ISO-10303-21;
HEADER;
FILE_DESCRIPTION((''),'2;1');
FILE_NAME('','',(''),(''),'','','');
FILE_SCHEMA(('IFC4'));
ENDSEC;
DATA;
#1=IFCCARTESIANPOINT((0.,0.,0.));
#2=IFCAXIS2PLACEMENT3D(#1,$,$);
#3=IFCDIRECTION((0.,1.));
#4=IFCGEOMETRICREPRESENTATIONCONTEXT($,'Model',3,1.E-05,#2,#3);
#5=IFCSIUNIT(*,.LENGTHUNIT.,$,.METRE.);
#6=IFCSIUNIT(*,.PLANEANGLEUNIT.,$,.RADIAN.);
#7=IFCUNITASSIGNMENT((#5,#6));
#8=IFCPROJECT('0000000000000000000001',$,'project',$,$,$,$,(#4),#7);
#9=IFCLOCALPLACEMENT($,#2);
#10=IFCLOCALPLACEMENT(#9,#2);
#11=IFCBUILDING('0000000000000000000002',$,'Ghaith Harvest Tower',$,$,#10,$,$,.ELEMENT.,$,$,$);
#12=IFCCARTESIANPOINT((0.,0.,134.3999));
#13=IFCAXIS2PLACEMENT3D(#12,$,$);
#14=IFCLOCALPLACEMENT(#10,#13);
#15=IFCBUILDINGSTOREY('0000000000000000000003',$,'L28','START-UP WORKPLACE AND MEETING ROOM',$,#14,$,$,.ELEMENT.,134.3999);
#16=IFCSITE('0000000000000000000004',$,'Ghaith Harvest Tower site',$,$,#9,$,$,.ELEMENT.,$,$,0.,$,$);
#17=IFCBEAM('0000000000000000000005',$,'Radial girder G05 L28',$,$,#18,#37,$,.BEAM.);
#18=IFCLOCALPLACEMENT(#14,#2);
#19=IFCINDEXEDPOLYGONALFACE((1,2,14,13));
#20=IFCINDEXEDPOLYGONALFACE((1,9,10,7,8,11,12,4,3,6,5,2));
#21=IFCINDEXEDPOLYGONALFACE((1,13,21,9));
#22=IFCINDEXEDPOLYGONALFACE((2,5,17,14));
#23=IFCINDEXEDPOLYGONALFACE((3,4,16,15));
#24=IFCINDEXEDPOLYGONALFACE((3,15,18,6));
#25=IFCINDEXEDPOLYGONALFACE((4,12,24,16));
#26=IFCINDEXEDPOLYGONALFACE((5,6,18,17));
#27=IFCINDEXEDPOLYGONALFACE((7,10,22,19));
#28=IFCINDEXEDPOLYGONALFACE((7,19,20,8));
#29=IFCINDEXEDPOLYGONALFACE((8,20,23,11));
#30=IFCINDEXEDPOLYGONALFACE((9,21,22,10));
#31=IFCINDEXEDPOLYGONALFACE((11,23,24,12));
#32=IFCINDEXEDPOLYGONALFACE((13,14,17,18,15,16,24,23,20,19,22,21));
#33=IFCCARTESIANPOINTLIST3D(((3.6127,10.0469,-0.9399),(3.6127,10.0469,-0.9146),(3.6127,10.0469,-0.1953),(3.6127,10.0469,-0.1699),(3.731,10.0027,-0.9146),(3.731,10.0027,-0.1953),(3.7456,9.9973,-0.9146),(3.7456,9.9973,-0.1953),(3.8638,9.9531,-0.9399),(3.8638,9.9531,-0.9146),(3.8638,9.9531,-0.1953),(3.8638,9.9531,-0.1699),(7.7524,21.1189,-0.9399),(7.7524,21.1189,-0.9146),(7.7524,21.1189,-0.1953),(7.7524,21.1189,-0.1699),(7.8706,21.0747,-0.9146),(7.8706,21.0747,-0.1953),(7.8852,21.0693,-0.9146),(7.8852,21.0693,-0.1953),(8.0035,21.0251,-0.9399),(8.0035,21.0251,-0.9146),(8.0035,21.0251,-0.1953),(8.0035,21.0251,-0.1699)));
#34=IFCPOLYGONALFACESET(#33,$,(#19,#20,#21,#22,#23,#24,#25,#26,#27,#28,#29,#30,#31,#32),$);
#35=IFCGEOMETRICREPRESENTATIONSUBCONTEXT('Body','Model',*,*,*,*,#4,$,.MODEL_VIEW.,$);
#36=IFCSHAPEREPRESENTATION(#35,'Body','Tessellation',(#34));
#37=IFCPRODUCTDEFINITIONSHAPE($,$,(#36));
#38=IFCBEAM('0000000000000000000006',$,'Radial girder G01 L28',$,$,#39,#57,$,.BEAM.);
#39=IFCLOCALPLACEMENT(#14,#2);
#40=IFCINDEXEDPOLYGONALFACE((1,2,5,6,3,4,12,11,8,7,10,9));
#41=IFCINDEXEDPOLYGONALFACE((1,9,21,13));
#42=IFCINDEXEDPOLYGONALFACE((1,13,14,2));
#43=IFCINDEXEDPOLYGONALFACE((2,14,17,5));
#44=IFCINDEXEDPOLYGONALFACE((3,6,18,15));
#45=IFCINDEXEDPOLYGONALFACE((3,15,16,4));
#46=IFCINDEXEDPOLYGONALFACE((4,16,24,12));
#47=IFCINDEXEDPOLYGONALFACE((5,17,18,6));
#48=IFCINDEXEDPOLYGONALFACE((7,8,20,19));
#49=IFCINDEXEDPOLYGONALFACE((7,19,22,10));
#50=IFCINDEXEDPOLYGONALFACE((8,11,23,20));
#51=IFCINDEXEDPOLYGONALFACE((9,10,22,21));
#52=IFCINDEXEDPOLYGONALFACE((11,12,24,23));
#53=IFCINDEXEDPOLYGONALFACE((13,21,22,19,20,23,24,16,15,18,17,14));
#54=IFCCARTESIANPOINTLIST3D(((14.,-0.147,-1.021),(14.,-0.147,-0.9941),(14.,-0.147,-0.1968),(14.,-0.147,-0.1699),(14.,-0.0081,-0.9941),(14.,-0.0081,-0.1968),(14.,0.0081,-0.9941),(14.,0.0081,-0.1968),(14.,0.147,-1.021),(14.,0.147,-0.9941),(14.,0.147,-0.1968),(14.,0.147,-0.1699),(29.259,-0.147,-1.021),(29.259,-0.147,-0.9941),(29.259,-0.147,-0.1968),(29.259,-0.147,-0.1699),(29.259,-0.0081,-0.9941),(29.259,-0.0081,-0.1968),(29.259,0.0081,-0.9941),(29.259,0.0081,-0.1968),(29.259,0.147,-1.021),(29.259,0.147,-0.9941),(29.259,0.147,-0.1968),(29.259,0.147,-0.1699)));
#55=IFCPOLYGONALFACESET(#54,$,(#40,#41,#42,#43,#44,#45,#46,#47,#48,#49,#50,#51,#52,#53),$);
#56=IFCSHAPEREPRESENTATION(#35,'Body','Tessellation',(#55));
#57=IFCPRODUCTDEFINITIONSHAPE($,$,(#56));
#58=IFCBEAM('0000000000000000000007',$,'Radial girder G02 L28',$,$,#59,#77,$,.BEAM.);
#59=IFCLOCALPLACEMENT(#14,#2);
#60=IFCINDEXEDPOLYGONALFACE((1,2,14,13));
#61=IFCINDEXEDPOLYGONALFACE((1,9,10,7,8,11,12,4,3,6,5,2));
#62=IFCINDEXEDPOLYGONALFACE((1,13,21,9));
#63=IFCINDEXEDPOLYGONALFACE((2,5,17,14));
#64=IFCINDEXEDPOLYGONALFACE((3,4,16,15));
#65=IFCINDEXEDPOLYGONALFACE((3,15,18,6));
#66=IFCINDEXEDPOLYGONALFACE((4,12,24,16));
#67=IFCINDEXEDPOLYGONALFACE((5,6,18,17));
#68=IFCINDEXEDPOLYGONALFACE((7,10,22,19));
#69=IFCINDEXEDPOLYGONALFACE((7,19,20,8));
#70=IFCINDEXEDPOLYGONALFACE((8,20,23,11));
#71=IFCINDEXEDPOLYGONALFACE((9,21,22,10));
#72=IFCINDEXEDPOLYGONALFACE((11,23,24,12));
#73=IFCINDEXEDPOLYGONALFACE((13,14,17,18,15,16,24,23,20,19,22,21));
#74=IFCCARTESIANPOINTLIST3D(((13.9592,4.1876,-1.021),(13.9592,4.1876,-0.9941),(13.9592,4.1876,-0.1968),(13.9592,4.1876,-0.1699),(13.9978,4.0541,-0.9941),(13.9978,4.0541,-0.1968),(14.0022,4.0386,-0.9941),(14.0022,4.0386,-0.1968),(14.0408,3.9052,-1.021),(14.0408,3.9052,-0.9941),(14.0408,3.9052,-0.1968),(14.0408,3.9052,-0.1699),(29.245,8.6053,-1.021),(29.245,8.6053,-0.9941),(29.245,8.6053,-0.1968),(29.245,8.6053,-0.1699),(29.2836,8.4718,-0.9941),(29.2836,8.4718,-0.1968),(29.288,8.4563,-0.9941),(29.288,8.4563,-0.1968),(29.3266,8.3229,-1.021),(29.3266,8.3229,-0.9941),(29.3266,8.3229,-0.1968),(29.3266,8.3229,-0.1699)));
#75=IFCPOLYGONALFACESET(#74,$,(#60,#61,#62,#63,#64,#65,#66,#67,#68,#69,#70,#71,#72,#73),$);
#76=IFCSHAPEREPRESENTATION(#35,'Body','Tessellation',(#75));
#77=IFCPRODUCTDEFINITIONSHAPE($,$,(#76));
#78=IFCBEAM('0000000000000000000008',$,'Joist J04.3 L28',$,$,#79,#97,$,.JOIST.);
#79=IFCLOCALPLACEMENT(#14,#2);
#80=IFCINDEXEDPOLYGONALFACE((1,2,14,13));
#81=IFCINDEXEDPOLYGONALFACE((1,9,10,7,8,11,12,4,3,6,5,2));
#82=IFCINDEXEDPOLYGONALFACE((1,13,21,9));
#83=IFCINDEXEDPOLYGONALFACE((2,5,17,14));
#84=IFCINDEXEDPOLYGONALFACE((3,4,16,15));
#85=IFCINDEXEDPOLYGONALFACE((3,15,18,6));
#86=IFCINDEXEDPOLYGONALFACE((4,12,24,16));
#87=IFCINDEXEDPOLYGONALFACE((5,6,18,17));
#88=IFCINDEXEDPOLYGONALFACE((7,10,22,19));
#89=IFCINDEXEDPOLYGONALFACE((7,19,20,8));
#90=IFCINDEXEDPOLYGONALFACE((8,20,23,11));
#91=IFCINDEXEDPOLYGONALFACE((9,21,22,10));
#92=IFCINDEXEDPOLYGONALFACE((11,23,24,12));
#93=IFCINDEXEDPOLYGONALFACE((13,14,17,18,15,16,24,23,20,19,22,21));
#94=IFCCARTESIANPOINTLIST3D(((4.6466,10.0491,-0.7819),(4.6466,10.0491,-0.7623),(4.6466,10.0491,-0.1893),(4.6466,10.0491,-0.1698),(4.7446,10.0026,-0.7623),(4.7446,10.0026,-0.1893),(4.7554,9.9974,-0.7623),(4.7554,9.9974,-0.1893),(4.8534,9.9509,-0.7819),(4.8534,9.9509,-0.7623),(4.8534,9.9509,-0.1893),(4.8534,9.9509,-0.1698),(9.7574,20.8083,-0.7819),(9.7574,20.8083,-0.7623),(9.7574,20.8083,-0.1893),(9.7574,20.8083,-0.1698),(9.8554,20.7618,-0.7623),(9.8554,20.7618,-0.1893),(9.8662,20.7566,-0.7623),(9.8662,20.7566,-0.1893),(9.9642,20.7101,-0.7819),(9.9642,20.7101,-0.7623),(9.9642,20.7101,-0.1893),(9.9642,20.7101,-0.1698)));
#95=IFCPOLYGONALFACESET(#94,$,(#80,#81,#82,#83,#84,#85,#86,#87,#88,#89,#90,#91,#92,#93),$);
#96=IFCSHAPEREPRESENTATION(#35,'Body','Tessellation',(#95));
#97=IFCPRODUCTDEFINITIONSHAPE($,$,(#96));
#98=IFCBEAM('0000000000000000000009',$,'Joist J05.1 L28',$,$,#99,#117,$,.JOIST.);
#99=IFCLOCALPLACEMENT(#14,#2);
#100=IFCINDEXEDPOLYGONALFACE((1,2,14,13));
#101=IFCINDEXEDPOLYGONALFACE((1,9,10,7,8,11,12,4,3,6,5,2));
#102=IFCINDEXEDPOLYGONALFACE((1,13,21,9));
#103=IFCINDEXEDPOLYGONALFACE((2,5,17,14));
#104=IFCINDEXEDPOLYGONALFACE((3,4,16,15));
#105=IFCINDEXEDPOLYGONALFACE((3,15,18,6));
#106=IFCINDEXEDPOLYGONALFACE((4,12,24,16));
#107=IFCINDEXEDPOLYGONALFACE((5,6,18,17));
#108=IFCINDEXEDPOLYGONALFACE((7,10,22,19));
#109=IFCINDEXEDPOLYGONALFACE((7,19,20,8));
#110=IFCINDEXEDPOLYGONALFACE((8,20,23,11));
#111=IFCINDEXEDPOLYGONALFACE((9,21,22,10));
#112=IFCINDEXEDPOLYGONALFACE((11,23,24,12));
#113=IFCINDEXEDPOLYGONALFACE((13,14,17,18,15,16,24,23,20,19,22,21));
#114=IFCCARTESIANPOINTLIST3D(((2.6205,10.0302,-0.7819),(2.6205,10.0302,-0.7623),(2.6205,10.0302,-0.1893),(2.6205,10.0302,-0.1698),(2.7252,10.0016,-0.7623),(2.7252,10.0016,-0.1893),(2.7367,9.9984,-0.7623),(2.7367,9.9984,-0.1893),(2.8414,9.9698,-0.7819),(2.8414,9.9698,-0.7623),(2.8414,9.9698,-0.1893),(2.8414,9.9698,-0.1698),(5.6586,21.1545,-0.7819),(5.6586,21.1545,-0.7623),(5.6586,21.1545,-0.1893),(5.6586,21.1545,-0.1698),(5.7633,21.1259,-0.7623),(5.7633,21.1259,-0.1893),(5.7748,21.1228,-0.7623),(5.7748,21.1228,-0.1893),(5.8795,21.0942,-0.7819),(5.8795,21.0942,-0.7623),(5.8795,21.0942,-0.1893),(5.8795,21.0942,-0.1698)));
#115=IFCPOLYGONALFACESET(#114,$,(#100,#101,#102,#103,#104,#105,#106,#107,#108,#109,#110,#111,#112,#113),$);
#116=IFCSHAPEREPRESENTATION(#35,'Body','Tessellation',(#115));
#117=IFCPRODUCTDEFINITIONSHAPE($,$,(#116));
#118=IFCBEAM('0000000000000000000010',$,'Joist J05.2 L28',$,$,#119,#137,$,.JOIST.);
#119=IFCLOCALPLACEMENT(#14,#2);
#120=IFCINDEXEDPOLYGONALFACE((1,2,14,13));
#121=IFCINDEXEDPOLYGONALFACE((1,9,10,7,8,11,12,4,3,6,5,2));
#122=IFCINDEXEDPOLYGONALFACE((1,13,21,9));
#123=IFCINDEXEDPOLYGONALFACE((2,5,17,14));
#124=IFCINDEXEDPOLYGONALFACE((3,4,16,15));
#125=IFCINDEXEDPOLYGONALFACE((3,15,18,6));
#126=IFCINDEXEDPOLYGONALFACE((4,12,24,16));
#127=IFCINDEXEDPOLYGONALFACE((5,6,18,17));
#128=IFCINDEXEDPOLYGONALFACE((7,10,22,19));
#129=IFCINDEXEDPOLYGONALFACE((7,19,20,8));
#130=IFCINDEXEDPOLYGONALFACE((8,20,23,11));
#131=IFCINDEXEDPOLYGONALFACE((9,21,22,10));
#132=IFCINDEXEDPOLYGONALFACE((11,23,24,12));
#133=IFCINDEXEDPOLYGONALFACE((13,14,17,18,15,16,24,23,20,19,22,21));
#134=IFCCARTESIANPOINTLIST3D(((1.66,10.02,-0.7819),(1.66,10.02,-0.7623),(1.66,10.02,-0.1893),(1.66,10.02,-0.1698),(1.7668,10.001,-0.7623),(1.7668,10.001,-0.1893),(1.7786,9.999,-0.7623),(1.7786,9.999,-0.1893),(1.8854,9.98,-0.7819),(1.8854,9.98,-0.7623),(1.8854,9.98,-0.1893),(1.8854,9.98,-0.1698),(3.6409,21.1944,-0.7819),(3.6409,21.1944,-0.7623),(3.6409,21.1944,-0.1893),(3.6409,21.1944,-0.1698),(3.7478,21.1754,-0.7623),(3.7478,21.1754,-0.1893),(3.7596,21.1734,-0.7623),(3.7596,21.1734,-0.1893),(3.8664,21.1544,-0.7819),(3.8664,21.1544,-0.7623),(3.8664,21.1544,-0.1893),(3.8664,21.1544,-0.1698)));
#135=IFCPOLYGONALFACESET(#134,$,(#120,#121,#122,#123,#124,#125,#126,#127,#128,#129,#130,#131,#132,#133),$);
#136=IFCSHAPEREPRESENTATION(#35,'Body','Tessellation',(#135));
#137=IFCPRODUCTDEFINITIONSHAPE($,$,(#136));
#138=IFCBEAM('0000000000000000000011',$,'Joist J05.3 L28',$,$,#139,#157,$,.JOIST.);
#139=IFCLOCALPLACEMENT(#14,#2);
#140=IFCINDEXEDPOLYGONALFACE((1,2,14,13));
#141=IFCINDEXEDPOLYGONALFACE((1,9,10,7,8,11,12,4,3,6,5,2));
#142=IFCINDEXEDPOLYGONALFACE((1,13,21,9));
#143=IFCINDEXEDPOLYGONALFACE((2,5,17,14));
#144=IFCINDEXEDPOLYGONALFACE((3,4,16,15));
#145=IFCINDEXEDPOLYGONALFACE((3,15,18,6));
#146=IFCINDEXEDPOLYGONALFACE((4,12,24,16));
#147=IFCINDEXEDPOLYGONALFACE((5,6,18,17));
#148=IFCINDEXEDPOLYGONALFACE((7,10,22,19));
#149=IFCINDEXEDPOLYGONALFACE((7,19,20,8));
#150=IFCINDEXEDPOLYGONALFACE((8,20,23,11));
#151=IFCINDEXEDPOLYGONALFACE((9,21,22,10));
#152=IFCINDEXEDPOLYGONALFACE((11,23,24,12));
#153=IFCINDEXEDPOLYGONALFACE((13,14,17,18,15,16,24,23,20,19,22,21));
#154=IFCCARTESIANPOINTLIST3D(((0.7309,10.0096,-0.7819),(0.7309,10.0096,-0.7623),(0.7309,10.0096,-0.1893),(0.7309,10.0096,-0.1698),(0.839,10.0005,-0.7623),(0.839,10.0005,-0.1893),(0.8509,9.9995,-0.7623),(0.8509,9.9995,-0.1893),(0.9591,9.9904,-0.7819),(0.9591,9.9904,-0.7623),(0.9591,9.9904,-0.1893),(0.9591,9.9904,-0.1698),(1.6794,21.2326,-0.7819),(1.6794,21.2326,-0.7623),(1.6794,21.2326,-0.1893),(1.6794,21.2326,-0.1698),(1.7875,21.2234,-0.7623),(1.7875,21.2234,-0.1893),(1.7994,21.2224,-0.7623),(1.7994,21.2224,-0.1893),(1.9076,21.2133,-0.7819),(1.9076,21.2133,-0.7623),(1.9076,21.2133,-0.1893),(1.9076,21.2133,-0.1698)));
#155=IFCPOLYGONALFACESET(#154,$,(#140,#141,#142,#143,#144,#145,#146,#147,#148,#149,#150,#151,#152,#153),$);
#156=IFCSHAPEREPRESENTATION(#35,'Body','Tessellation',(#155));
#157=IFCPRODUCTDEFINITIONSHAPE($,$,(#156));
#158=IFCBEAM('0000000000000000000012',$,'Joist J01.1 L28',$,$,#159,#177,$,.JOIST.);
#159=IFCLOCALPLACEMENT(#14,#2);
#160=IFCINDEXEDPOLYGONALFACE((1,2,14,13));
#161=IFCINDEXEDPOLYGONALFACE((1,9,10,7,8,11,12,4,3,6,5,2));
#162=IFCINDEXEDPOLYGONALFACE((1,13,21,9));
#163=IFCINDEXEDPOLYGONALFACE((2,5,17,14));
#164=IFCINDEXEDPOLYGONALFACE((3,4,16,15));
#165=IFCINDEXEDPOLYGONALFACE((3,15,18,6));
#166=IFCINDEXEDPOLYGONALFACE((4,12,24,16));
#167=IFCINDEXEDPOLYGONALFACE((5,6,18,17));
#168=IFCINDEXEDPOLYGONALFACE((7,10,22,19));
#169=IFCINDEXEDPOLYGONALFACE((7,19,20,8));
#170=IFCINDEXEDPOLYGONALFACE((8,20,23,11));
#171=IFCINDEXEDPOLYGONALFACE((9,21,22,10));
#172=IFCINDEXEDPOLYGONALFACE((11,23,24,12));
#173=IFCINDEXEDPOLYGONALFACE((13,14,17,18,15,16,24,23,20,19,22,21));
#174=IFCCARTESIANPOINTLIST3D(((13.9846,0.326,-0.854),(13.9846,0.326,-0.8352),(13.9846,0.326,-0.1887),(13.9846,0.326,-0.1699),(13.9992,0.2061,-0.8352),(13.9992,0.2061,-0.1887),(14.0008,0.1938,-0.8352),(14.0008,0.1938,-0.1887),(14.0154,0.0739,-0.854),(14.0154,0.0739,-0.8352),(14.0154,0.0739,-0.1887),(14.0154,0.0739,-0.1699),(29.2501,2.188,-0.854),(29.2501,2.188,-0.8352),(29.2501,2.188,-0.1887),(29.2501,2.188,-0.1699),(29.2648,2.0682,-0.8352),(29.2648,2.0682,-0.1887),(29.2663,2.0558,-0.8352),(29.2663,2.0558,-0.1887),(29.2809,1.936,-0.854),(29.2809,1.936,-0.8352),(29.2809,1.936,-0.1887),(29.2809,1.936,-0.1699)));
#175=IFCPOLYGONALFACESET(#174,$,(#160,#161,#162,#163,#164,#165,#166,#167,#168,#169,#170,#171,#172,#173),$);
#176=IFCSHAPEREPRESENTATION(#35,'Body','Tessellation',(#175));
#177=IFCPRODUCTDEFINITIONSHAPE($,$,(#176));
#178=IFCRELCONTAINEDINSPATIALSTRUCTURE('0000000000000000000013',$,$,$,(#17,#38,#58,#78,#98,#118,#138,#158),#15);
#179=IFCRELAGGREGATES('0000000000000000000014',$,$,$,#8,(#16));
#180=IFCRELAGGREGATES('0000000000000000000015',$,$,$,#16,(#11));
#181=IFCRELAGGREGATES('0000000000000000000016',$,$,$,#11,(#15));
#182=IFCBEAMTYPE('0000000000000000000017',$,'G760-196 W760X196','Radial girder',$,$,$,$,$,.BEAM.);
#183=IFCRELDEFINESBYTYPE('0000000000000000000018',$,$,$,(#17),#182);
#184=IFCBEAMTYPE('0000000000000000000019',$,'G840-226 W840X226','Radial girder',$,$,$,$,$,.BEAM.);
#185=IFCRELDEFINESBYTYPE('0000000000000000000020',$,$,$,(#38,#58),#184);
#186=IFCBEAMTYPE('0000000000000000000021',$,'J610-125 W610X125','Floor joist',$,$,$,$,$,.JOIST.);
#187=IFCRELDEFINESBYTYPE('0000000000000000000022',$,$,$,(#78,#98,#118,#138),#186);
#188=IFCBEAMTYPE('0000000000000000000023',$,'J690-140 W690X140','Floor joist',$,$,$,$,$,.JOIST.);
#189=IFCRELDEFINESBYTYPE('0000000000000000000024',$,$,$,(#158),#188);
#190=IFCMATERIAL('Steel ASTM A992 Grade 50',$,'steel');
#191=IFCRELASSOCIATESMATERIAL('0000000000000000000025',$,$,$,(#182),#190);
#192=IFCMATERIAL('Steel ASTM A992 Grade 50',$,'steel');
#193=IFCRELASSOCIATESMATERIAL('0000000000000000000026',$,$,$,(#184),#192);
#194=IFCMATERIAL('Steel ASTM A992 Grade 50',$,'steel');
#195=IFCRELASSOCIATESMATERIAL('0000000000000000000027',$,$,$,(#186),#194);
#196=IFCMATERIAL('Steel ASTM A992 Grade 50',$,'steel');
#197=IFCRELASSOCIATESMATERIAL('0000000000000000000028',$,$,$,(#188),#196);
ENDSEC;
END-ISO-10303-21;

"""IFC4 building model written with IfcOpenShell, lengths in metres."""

from ifc_helpers import new_model, si_unit, direction, frame, origin, origin_2d, place, context, subcontext, project, spatial, i_section, extrude, material, material_profile, profile_set, type_object, element, save


model = new_model("IFC4")

# Units and contexts
model_context = context("Model", 3, precision=1e-05, world=origin(), true_north=direction((0.0, 1.0)))
body_context = subcontext(model_context, "Body", "Model", "MODEL_VIEW")
ifc_project = project(units=[si_unit("LENGTHUNIT", "METRE"), si_unit("PLANEANGLEUNIT", "RADIAN")], contexts=[model_context])

# Site, building, storey
site_placement = place(None, origin())
site = spatial("IfcSite", under=ifc_project, at=site_placement, Name="Ghaith Harvest Tower site", CompositionType="ELEMENT", RefElevation=0.0)
building_placement = place(site_placement, origin())
building = spatial("IfcBuilding", under=site, at=building_placement, Name="Ghaith Harvest Tower", CompositionType="ELEMENT")
storey_placement = place(building_placement, frame((0.0, 0.0, 134.3999)))
storey = spatial("IfcBuildingStorey", under=building, at=storey_placement, Name="L28", Description="START-UP WORKPLACE AND MEETING ROOM", CompositionType="ELEMENT", Elevation=134.3999)

# Beams
ifc_material_1 = material(Name="Steel ASTM A992 Grade 50", Category="steel")
ifc_material_profile_1 = material_profile(ifc_material_1, i_section(OverallWidth=0.2681, OverallDepth=0.77, WebThickness=0.0156, FlangeThickness=0.0254, at=origin_2d()), Name="W760X196")
ifc_profile_set_1 = profile_set([ifc_material_profile_1], Name="Steel ASTM A992 Grade 50")
beam_type_1 = type_object("IfcBeamType", Name="G760-196 W760X196", Description="Radial girder", PredefinedType="BEAM", material=ifc_profile_set_1)
beam_1_placement = place(storey_placement, frame((3.7383, 10.0, -0.5549), z_axis=(0.350207, 0.936672, 0.0), x_axis=(-0.936672, 0.350207, 0.0)))
element("IfcBeam", 1, at=beam_1_placement, inside=storey, type_object=beam_type_1, Name="Radial girder G05 L28", PredefinedType="BEAM", context=body_context, shape_type="SweptSolid", body=[
    extrude(i_section(OverallWidth=0.2681, OverallDepth=0.77, WebThickness=0.0156, FlangeThickness=0.0254, at=origin_2d()), origin(), (0.0, 0.0, 1.0), 11.8206),
])
ifc_material_2 = material(Name="Steel ASTM A992 Grade 50", Category="steel")
ifc_material_profile_2 = material_profile(ifc_material_2, i_section(OverallWidth=0.2939, OverallDepth=0.8511, WebThickness=0.0161, FlangeThickness=0.0269, at=origin_2d()), Name="W840X226")
ifc_profile_set_2 = profile_set([ifc_material_profile_2], Name="Steel ASTM A992 Grade 50")
beam_type_2 = type_object("IfcBeamType", Name="G840-226 W840X226", Description="Radial girder", PredefinedType="BEAM", material=ifc_profile_set_2)
beam_2_placement = place(storey_placement, frame((14.0, 0.0, -0.5955), z_axis=(1.0, 0.0, 0.0), x_axis=(0.0, 1.0, 0.0)))
element("IfcBeam", 2, at=beam_2_placement, inside=storey, type_object=beam_type_2, Name="Radial girder G01 L28", PredefinedType="BEAM", context=body_context, shape_type="SweptSolid", body=[
    extrude(i_section(OverallWidth=0.2939, OverallDepth=0.8511, WebThickness=0.0161, FlangeThickness=0.0269, at=origin_2d()), origin(), (0.0, 0.0, 1.0), 15.259),
])
beam_3_placement = place(storey_placement, frame((14.0, 4.0464, -0.5955), z_axis=(0.960684, 0.277644, 0.0), x_axis=(-0.277644, 0.960684, 0.0)))
element("IfcBeam", 3, at=beam_3_placement, inside=storey, type_object=beam_type_2, Name="Radial girder G02 L28", PredefinedType="BEAM", context=body_context, shape_type="SweptSolid", body=[
    extrude(i_section(OverallWidth=0.2939, OverallDepth=0.8511, WebThickness=0.0161, FlangeThickness=0.0269, at=origin_2d()), origin(), (0.0, 0.0, 1.0), 15.9114),
])
ifc_material_3 = material(Name="Steel ASTM A992 Grade 50", Category="steel")
ifc_material_profile_3 = material_profile(ifc_material_3, i_section(OverallWidth=0.229, OverallDepth=0.6121, WebThickness=0.012, FlangeThickness=0.0195, at=origin_2d()), Name="W610X125")
ifc_profile_set_3 = profile_set([ifc_material_profile_3], Name="Steel ASTM A992 Grade 50")
beam_type_3 = type_object("IfcBeamType", Name="J610-125 W610X125", Description="Floor joist", PredefinedType="JOIST", material=ifc_profile_set_3)
beam_4_placement = place(storey_placement, frame((4.75, 10.0, -0.4758), z_axis=(0.429069, 0.903272, 0.0), x_axis=(-0.903272, 0.429069, 0.0)))
element("IfcBeam", 4, at=beam_4_placement, inside=storey, type_object=beam_type_3, Name="Joist J04.3 L28", PredefinedType="JOIST", context=body_context, shape_type="SweptSolid", body=[
    extrude(i_section(OverallWidth=0.229, OverallDepth=0.6121, WebThickness=0.012, FlangeThickness=0.0195, at=origin_2d()), origin(), (0.0, 0.0, 1.0), 11.9114),
])
beam_5_placement = place(storey_placement, frame((2.731, 10.0, -0.4758), z_axis=(0.263456, 0.964671, 0.0), x_axis=(-0.964671, 0.263456, 0.0)))
element("IfcBeam", 5, at=beam_5_placement, inside=storey, type_object=beam_type_3, Name="Joist J05.1 L28", PredefinedType="JOIST", context=body_context, shape_type="SweptSolid", body=[
    extrude(i_section(OverallWidth=0.229, OverallDepth=0.6121, WebThickness=0.012, FlangeThickness=0.0195, at=origin_2d()), origin(), (0.0, 0.0, 1.0), 11.5317),
])
beam_6_placement = place(storey_placement, frame((1.7727, 10.0, -0.4758), z_axis=(0.174556, 0.984647, 0.0), x_axis=(-0.984647, 0.174556, 0.0)))
element("IfcBeam", 6, at=beam_6_placement, inside=storey, type_object=beam_type_3, Name="Joist J05.2 L28", PredefinedType="JOIST", context=body_context, shape_type="SweptSolid", body=[
    extrude(i_section(OverallWidth=0.229, OverallDepth=0.6121, WebThickness=0.012, FlangeThickness=0.0195, at=origin_2d()), origin(), (0.0, 0.0, 1.0), 11.3486),
])
beam_7_placement = place(storey_placement, frame((0.845, 10.0, -0.4758), z_axis=(0.084213, 0.996448, 0.0), x_axis=(-0.996448, 0.084213, 0.0)))
element("IfcBeam", 7, at=beam_7_placement, inside=storey, type_object=beam_type_3, Name="Joist J05.3 L28", PredefinedType="JOIST", context=body_context, shape_type="SweptSolid", body=[
    extrude(i_section(OverallWidth=0.229, OverallDepth=0.6121, WebThickness=0.012, FlangeThickness=0.0195, at=origin_2d()), origin(), (0.0, 0.0, 1.0), 11.2629),
])
ifc_material_4 = material(Name="Steel ASTM A992 Grade 50", Category="steel")
ifc_material_profile_4 = material_profile(ifc_material_4, i_section(OverallWidth=0.2539, OverallDepth=0.6841, WebThickness=0.0125, FlangeThickness=0.0188, at=origin_2d()), Name="W690X140")
ifc_profile_set_4 = profile_set([ifc_material_profile_4], Name="Steel ASTM A992 Grade 50")
beam_type_4 = type_object("IfcBeamType", Name="J690-140 W690X140", Description="Floor joist", PredefinedType="JOIST", material=ifc_profile_set_4)
beam_8_placement = place(storey_placement, frame((14.0, 0.2, -0.512), z_axis=(0.992643, 0.12108, 0.0), x_axis=(-0.12108, 0.992643, 0.0)))
element("IfcBeam", 8, at=beam_8_placement, inside=storey, type_object=beam_type_4, Name="Joist J01.1 L28", PredefinedType="JOIST", context=body_context, shape_type="SweptSolid", body=[
    extrude(i_section(OverallWidth=0.2539, OverallDepth=0.6841, WebThickness=0.0125, FlangeThickness=0.0188, at=origin_2d()), origin(), (0.0, 0.0, 1.0), 15.3787),
])

save(model, "model.ifc")
